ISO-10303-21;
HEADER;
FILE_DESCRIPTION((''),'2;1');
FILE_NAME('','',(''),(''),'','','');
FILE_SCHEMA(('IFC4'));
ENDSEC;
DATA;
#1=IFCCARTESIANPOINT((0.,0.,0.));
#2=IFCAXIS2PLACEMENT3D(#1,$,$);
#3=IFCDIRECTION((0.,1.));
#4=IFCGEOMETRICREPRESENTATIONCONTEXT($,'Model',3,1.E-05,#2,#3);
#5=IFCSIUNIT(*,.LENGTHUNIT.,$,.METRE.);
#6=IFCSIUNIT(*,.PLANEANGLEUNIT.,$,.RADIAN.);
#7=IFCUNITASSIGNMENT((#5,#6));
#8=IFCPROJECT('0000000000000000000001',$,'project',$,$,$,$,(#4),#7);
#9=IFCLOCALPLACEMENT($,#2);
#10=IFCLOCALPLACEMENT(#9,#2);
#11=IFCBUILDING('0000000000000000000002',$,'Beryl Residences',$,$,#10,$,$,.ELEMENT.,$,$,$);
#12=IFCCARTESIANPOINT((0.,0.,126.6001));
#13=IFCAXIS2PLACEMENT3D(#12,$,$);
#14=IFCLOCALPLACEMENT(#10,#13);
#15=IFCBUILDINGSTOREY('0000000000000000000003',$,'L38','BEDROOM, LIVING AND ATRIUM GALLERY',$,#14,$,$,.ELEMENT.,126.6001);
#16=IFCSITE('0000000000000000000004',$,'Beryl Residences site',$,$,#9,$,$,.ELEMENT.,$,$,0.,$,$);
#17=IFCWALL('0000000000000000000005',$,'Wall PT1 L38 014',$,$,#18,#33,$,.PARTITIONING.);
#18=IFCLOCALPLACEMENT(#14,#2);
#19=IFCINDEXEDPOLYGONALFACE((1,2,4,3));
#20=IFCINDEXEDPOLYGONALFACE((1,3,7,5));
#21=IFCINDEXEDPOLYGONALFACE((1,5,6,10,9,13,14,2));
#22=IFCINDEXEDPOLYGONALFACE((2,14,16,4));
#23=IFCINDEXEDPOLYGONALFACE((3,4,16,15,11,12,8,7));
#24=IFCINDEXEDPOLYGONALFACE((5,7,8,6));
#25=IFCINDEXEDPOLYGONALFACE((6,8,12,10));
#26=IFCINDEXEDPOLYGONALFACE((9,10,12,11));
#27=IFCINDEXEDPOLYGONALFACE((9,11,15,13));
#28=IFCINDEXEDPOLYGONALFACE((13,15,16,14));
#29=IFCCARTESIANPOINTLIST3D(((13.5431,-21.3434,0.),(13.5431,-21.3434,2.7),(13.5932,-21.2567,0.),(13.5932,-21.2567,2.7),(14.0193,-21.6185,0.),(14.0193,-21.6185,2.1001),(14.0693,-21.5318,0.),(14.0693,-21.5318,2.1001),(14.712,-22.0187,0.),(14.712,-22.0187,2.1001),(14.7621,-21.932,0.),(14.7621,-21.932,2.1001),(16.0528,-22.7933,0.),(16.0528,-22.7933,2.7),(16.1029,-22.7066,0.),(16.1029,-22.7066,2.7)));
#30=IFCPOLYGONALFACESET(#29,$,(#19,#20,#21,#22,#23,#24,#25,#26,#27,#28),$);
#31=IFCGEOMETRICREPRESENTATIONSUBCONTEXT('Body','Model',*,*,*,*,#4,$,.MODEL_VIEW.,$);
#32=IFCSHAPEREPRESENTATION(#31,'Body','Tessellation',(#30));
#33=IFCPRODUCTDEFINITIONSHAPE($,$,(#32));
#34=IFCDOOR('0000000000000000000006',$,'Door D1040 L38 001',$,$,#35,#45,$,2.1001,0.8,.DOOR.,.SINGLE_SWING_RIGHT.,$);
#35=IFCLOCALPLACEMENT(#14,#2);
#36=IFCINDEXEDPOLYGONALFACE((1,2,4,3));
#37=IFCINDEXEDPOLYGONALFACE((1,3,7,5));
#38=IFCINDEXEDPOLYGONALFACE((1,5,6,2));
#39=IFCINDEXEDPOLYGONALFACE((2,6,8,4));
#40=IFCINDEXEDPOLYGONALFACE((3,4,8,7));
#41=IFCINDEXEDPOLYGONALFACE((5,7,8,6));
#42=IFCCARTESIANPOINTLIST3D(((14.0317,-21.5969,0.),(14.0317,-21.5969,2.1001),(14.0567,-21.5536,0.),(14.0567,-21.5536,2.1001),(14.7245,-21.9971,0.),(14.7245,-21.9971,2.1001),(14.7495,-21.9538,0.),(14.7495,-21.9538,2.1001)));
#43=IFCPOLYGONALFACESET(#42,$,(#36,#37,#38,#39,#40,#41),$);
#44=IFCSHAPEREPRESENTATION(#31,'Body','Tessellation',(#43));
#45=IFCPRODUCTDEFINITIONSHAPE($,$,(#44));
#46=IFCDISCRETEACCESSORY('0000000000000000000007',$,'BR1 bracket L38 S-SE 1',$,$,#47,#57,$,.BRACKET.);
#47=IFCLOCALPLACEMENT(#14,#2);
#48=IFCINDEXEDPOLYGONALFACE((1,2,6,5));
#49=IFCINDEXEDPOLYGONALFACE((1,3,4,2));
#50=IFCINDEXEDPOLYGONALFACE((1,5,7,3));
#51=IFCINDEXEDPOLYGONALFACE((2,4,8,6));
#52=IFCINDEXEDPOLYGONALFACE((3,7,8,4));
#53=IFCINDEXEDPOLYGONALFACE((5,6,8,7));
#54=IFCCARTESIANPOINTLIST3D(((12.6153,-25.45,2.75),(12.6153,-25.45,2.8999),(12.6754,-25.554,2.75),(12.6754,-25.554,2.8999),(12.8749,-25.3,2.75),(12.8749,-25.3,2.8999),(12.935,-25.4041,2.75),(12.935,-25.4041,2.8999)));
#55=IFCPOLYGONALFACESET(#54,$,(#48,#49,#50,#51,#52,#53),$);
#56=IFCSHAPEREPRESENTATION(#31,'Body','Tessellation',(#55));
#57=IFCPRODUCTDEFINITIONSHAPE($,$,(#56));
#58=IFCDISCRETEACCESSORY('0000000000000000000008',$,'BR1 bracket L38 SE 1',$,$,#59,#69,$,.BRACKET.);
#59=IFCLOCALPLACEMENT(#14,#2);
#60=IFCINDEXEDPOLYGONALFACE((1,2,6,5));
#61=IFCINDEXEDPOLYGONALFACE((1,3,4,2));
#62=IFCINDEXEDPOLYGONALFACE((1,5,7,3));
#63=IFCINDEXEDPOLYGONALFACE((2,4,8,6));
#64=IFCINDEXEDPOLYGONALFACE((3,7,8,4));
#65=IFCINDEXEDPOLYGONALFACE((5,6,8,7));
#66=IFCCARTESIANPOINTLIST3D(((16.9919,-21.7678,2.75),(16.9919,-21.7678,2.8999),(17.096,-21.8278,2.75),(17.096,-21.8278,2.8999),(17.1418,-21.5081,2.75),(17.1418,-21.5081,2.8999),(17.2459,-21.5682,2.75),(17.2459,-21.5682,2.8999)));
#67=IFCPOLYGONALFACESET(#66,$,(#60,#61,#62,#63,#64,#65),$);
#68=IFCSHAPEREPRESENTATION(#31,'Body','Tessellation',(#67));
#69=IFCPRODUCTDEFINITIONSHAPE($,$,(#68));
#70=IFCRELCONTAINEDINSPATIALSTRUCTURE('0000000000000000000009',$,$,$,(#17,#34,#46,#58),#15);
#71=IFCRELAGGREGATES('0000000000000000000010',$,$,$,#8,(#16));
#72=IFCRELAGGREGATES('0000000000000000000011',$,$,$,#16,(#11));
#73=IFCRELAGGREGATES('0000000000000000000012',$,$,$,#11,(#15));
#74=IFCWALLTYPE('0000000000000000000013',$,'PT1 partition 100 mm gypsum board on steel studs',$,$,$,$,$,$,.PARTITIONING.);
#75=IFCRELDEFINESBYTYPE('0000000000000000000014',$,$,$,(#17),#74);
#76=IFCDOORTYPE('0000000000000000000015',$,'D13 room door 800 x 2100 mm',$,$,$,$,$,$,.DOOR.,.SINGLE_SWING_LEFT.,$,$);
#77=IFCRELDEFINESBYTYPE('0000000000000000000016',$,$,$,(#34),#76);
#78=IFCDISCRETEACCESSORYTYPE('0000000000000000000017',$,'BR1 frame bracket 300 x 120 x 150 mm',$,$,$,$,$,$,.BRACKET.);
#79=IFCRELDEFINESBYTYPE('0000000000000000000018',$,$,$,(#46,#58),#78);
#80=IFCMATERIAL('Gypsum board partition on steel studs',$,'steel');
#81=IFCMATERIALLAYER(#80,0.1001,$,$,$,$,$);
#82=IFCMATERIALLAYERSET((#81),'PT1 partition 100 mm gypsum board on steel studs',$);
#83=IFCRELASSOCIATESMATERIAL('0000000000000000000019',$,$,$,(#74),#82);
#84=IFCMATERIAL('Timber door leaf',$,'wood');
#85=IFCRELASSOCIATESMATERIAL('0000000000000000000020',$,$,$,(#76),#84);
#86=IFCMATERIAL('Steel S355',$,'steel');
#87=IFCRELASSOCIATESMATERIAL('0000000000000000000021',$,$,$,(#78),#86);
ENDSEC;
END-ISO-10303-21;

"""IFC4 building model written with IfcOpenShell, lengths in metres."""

from ifc_helpers import new_model, si_unit, direction, frame, frame_2d, origin, place, context, subcontext, project, spatial, polyline, rectangle, outline, extrude, source, transform, mapped, material, layer, layer_set, type_object, type_shapes, element, fill, save


model = new_model("IFC4")

# Units and contexts
model_context = context("Model", 3, precision=1e-05, world=origin(), true_north=direction((0.0, 1.0)))
body_context = subcontext(model_context, "Body", "Model", "MODEL_VIEW")
ifc_project = project(units=[si_unit("LENGTHUNIT", "METRE"), si_unit("PLANEANGLEUNIT", "RADIAN")], contexts=[model_context])

# Site, building, storey
site_placement = place(None, origin())
site = spatial("IfcSite", under=ifc_project, at=site_placement, Name="Beryl Residences site", CompositionType="ELEMENT", RefElevation=0.0)
building_placement = place(site_placement, origin())
building = spatial("IfcBuilding", under=site, at=building_placement, Name="Beryl Residences", CompositionType="ELEMENT")
storey_placement = place(building_placement, frame((0.0, 0.0, 126.6001)))
storey = spatial("IfcBuildingStorey", under=building, at=storey_placement, Name="L38", Description="BEDROOM, LIVING AND ATRIUM GALLERY", CompositionType="ELEMENT", Elevation=126.6001)

# Wall, opening, door
ifc_material_1 = material(Name="Gypsum board partition on steel studs", Category="steel")
ifc_layer_1 = layer(ifc_material_1, 0.1001)
ifc_layer_set_1 = layer_set([ifc_layer_1], Name="PT1 partition 100 mm gypsum board on steel studs")
wall_type_1 = type_object("IfcWallType", Name="PT1 partition 100 mm gypsum board on steel studs", PredefinedType="PARTITIONING", material=ifc_layer_set_1)
wall_1_placement = place(storey_placement, frame((13.5681, -21.3, 0.0), z_axis=(0.0, 0.0, 1.0), x_axis=(0.865885, -0.500243, 0.0)))
wall_1 = element("IfcWall", 1, at=wall_1_placement, inside=storey, type_object=wall_type_1, Name="Wall PT1 L38 014", PredefinedType="PARTITIONING", context=body_context, shape_type="SweptSolid", body=[
    extrude(rectangle(XDim=2.8984, YDim=0.1001, at=frame_2d((1.4492, 0.0))), origin(), (0.0, 0.0, 1.0), 2.7),
])
opening_1_placement = place(wall_1_placement, frame((0.55, 0.0, 0.0)))
opening_1 = element("IfcOpeningElement", 2, at=opening_1_placement, cuts=wall_1, PredefinedType="OPENING", context=body_context, shape_type="SweptSolid", body=[
    extrude(rectangle(XDim=0.8, YDim=2.1001, at=frame_2d((0.3999, 1.05))), frame((0.0, 0.0601, 0.0), z_axis=(0.0, -1.0, 0.0), x_axis=(1.0, 0.0, 0.0)), (0.0, 0.0, 1.0), 0.1201),
])
ifc_material_2 = material(Name="Timber door leaf", Category="wood")
door_type = type_object("IfcDoorType", Name="D13 room door 800 x 2100 mm", OperationType="SINGLE_SWING_LEFT", PredefinedType="DOOR", material=ifc_material_2)
door_placement = place(opening_1_placement, origin())
door = element("IfcDoor", 3, at=door_placement, inside=storey, type_object=door_type, Name="Door D1040 L38 001", OperationType="SINGLE_SWING_RIGHT", OverallHeight=2.1001, OverallWidth=0.8, PredefinedType="DOOR", context=body_context, shape_type="SweptSolid", body=[
    extrude(rectangle(XDim=0.8, YDim=2.1001, at=frame_2d((0.3999, 1.05))), frame((0.0, 0.0249, 0.0), z_axis=(0.0, -1.0, 0.0), x_axis=(1.0, 0.0, 0.0)), (0.0, 0.0, 1.0), 0.05),
])
fill(opening_1, door)

# Discrete accessories
ifc_material_3 = material(Name="Steel S355", Category="steel")
discrete_accessory_type = type_object("IfcDiscreteAccessoryType", Name="BR1 frame bracket 300 x 120 x 150 mm", PredefinedType="BRACKET", material=ifc_material_3)
shared_shape_1 = source(origin(), body_context, "Body", "SweptSolid", [
    extrude(outline(polyline([(-0.1499, 0.0), (0.1499, 0.0), (0.1499, 0.1201), (-0.1499, 0.1201), (-0.1499, 0.0)])), origin(), (0.0, 0.0, 1.0), 0.1499),
])
type_shapes(discrete_accessory_type, [shared_shape_1])
for number, where, z_axis, x_axis, name in (
    (4, (12.7451, -25.375, 2.75), (0.0, 0.0, 1.0), (-0.866025, -0.5, 0.0), "BR1 bracket L38 S-SE 1"),
    (5, (17.0669, -21.6379, 2.75), (0.0, 0.0, 1.0), (-0.5, -0.866025, 0.0), "BR1 bracket L38 SE 1"),
):
    element("IfcDiscreteAccessory", number, at=place(storey_placement, frame(where, z_axis=z_axis, x_axis=x_axis)), inside=storey, type_object=discrete_accessory_type, Name=name, PredefinedType="BRACKET", context=body_context, shape_type="MappedRepresentation", body=[
        mapped(shared_shape_1, transform((0.0, 0.0, 0.0))),
    ])

save(model, "model.ifc")
